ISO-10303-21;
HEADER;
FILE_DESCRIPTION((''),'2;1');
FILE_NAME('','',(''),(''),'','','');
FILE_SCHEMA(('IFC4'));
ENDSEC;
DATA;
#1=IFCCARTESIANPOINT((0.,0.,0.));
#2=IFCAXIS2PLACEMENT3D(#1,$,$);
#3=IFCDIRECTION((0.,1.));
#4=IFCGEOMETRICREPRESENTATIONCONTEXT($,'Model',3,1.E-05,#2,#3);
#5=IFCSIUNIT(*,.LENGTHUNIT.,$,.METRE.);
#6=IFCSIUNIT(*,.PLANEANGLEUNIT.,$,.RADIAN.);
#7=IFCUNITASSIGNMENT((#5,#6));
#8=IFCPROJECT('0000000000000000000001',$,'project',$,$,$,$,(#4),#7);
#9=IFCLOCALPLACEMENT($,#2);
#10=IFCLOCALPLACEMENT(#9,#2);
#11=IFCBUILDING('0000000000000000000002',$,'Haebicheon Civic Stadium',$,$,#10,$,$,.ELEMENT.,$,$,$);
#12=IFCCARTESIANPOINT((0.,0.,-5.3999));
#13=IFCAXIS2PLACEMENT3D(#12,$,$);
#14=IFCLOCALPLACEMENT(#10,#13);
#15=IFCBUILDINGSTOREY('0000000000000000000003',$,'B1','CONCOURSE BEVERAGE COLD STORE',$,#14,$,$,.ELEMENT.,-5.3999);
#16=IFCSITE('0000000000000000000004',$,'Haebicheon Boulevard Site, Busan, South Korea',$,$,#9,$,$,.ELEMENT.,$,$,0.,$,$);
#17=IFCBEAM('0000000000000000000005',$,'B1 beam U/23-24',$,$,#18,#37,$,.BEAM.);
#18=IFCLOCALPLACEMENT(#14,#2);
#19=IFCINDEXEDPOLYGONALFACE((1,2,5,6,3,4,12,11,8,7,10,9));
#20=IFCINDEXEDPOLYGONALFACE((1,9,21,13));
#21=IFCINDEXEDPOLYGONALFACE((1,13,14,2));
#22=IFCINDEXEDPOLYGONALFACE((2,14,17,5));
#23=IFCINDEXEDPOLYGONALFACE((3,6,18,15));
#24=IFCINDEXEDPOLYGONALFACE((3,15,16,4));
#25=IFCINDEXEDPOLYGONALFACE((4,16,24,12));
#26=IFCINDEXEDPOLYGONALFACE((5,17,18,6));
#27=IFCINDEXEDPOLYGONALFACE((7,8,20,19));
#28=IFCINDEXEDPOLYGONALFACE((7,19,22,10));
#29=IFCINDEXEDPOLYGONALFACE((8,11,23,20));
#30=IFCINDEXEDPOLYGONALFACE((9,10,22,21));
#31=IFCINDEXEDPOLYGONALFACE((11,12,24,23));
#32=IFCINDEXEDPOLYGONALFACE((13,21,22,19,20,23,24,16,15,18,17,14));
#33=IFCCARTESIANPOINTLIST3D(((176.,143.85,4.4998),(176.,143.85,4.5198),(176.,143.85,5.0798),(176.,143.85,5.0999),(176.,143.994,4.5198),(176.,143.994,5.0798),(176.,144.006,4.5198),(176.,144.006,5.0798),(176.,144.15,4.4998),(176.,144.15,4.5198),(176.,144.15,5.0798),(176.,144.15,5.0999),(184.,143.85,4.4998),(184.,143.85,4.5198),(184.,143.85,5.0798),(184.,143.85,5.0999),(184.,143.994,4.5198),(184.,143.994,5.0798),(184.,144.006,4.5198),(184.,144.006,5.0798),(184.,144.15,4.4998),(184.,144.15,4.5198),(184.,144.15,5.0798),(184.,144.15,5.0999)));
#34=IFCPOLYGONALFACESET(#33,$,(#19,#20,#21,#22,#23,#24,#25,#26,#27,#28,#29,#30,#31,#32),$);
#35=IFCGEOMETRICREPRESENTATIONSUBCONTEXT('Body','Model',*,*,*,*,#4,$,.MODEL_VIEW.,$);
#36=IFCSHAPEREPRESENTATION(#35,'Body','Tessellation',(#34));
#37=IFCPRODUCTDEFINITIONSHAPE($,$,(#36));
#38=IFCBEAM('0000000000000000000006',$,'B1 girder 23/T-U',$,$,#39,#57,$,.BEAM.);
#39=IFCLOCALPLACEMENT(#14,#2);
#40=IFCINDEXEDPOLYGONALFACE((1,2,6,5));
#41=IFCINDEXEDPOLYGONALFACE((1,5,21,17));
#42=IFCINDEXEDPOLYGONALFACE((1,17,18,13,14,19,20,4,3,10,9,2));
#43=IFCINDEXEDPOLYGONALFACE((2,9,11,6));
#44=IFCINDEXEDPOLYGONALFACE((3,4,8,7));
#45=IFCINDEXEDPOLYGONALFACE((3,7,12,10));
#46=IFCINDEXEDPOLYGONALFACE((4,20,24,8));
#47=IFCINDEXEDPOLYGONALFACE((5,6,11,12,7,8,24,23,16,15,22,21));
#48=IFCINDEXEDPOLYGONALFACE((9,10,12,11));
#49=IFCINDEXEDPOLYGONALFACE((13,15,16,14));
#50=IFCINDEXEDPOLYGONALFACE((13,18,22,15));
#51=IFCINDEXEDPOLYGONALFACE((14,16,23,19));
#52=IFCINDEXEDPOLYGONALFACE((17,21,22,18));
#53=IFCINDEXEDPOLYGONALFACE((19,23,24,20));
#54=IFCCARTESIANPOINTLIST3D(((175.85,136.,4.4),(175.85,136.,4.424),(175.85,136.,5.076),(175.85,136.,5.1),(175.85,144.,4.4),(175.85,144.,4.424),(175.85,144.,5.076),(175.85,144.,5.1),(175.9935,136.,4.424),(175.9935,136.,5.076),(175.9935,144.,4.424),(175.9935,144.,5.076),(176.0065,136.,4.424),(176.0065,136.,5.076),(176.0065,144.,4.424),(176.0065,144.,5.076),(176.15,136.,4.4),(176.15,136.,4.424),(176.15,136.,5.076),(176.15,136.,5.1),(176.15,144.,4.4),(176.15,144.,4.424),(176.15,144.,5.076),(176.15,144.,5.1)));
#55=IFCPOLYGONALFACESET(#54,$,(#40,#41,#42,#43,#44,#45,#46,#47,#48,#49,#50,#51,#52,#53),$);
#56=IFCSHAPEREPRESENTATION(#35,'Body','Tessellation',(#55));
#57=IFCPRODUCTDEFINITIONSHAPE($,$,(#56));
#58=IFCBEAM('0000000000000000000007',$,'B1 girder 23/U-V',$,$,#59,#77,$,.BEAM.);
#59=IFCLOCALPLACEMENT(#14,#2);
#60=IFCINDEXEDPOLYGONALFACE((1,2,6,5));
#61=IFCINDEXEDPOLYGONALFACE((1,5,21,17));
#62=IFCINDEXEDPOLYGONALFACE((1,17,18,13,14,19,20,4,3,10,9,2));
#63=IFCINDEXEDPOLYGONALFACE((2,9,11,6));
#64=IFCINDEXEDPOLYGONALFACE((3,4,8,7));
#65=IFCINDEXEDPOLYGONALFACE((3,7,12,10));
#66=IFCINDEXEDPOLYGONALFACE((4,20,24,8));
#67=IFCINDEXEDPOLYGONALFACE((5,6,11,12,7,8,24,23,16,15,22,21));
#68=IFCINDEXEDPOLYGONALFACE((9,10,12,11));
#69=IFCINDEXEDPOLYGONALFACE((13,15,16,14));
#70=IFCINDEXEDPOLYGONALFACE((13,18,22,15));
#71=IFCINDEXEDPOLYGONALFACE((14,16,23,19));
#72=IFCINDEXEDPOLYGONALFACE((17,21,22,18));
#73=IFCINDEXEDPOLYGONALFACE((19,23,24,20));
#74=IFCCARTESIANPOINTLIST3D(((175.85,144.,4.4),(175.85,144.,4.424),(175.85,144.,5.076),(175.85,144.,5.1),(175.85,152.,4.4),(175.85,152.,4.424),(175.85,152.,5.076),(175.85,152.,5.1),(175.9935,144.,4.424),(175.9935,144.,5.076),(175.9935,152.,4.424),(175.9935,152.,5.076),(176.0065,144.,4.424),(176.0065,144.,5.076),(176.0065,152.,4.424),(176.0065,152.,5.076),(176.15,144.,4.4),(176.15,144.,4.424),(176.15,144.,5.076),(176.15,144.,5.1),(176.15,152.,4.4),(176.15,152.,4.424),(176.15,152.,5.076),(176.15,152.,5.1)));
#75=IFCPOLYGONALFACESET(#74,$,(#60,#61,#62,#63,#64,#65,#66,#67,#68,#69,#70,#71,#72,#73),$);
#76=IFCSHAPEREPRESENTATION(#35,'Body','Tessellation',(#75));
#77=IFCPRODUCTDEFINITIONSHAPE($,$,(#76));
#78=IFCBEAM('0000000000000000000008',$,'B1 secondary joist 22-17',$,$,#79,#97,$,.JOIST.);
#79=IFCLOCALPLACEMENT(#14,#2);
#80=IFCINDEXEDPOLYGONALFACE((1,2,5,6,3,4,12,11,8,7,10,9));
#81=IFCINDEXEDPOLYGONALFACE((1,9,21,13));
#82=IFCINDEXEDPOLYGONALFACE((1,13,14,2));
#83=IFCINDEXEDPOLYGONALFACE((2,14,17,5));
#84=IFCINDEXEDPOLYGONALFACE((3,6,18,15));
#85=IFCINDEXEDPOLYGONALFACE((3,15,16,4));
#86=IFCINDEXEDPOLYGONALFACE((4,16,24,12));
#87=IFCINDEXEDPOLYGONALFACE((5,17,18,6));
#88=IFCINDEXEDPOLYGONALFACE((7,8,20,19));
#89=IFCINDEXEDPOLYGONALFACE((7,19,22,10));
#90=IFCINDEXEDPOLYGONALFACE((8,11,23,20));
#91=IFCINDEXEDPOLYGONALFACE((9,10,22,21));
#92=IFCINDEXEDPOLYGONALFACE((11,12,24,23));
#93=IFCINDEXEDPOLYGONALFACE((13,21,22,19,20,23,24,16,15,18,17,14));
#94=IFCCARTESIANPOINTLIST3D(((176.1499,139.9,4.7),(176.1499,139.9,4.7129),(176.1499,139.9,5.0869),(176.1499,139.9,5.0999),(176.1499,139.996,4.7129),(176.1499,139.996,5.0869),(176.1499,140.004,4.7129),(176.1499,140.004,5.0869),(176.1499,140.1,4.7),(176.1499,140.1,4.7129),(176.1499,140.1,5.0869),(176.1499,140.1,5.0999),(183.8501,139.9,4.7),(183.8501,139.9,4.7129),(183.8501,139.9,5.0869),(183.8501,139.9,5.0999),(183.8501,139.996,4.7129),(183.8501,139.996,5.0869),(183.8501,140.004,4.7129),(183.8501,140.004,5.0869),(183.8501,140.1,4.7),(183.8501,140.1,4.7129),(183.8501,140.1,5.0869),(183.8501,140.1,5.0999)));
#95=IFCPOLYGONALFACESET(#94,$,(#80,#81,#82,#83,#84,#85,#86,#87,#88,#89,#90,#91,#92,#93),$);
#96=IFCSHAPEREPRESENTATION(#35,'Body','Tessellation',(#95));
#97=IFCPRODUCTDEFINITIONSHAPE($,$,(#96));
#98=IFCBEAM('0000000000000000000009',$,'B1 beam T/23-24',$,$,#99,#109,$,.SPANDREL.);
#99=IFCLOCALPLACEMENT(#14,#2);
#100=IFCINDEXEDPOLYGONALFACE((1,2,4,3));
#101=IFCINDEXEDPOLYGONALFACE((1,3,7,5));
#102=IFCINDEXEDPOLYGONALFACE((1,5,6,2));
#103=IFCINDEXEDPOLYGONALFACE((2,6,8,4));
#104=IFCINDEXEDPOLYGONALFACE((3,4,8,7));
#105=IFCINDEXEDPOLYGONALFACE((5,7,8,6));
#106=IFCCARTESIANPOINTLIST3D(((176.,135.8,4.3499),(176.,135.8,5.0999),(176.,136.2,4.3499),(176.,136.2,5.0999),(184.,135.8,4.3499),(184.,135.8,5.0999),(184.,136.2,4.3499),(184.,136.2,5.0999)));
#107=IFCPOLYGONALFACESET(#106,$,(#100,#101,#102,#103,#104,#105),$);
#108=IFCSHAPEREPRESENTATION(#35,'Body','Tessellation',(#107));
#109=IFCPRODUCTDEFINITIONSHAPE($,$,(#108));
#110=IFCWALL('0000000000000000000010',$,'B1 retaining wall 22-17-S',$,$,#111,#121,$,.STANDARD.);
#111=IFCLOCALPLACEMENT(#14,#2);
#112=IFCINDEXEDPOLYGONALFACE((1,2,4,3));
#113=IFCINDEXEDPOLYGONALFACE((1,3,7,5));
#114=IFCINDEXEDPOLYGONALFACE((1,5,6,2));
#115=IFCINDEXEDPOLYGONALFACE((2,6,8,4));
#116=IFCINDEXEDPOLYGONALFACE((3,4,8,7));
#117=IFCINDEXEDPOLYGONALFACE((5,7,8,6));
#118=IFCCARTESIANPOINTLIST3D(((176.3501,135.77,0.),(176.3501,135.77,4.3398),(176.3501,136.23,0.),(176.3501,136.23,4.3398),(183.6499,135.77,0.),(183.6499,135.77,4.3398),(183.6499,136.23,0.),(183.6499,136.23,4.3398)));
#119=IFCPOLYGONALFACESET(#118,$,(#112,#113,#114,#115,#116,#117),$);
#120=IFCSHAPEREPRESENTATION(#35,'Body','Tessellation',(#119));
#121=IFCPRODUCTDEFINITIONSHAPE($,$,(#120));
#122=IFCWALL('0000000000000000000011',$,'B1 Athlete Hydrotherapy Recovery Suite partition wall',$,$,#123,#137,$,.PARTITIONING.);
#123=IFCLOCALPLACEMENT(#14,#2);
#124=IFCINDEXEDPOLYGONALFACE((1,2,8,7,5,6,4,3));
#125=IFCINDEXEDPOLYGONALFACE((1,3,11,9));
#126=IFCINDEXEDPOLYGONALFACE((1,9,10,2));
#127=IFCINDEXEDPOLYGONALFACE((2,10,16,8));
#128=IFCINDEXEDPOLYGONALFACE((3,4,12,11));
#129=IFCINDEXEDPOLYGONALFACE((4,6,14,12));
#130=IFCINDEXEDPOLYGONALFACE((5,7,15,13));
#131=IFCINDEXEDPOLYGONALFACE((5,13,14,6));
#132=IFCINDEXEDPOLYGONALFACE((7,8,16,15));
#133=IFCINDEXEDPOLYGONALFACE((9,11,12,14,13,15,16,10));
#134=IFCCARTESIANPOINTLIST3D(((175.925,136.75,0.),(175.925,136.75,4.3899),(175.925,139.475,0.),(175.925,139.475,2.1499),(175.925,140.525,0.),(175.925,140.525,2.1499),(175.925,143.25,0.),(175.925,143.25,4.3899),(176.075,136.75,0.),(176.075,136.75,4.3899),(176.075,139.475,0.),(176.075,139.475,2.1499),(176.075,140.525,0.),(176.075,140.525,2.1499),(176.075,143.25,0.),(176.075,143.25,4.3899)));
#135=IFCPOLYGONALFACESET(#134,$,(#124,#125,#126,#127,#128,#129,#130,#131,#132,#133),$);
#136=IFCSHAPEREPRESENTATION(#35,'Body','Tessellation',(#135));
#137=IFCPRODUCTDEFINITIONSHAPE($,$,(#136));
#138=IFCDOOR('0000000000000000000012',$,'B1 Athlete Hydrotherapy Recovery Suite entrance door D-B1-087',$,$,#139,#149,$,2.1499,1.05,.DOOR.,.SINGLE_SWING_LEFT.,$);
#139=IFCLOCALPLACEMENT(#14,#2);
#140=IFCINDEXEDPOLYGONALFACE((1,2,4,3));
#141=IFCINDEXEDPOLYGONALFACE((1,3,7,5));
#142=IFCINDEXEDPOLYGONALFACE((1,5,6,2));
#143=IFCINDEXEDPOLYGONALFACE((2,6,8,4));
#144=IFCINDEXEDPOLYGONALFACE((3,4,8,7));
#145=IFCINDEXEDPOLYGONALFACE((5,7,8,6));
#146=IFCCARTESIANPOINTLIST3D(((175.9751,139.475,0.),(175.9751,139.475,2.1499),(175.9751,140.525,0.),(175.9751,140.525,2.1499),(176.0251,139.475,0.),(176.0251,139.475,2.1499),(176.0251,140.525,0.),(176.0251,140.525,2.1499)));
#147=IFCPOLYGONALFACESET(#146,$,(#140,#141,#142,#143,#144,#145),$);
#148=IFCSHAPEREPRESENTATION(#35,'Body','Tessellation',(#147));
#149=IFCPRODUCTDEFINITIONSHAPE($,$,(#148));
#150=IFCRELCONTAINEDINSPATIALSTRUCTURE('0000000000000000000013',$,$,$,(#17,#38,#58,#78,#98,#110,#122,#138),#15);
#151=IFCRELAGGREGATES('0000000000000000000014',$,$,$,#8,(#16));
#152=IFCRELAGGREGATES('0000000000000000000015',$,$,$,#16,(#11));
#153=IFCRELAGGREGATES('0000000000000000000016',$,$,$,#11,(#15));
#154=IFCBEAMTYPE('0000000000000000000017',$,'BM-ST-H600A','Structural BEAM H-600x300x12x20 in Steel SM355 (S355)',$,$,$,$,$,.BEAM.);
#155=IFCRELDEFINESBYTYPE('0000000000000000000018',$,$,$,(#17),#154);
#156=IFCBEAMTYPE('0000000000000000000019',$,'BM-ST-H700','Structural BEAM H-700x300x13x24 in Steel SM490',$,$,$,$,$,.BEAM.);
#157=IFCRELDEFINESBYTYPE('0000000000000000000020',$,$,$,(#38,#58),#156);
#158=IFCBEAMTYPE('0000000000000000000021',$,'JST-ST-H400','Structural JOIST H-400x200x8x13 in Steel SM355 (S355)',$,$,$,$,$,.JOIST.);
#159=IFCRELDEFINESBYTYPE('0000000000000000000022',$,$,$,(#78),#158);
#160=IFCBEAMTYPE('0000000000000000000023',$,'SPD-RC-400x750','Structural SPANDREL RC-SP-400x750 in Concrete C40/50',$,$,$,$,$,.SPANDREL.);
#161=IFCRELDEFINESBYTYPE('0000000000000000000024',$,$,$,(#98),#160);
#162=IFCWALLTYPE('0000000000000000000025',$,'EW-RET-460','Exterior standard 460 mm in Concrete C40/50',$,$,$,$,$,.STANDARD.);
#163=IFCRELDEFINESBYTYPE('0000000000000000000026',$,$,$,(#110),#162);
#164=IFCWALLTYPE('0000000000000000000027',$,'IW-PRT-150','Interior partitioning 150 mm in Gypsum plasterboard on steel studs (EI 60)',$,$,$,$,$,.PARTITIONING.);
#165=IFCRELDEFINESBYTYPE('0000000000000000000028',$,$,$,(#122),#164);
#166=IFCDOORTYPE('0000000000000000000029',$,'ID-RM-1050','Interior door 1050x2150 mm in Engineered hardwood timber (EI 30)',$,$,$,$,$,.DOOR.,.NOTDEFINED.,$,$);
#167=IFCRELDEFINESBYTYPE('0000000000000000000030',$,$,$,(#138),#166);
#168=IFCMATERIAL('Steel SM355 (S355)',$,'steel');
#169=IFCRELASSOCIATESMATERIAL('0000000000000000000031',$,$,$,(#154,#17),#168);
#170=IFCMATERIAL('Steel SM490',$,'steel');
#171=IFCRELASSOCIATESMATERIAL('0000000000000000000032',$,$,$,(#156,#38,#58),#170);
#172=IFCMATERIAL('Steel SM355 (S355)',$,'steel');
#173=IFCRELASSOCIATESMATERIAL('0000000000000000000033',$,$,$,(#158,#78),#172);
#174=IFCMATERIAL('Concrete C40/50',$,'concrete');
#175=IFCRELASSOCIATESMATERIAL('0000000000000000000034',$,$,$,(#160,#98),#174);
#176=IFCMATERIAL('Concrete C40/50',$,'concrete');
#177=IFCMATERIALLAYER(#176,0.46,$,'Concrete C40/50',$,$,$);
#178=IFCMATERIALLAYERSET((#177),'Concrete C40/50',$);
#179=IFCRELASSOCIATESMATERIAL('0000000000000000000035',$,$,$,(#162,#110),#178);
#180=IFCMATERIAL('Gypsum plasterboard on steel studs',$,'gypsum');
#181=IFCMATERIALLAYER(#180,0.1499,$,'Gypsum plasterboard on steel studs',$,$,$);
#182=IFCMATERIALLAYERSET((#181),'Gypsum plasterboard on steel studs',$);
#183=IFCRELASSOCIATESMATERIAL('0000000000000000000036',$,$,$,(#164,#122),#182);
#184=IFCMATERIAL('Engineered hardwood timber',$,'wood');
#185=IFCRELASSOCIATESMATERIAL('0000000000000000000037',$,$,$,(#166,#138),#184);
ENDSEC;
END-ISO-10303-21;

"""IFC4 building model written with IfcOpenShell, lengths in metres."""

from ifc_helpers import new_model, si_unit, direction, frame, frame_2d, origin, origin_2d, place, context, subcontext, project, spatial, rectangle, i_section, extrude, material, layer, layer_set, material_profile, profile_set, type_object, element, fill, save


model = new_model("IFC4")

# Units and contexts
model_context = context("Model", 3, precision=1e-05, world=origin(), true_north=direction((0.0, 1.0)))
body_context = subcontext(model_context, "Body", "Model", "MODEL_VIEW")
ifc_project = project(units=[si_unit("LENGTHUNIT", "METRE"), si_unit("PLANEANGLEUNIT", "RADIAN")], contexts=[model_context])

# Site, building, storey
site_placement = place(None, origin())
site = spatial("IfcSite", under=ifc_project, at=site_placement, Name="Haebicheon Boulevard Site, Busan, South Korea", CompositionType="ELEMENT", RefElevation=0.0)
building_placement = place(site_placement, origin())
building = spatial("IfcBuilding", under=site, at=building_placement, Name="Haebicheon Civic Stadium", CompositionType="ELEMENT")
storey_placement = place(building_placement, frame((0.0, 0.0, -5.3999)))
storey = spatial("IfcBuildingStorey", under=building, at=storey_placement, Name="B1", Description="CONCOURSE BEVERAGE COLD STORE", CompositionType="ELEMENT", Elevation=-5.3999)

# Beams
ifc_material_1 = material(Name="Steel SM355 (S355)", Category="steel")
ifc_material_profile_1 = material_profile(ifc_material_1, i_section(OverallWidth=0.3, OverallDepth=0.6001, WebThickness=0.012, FlangeThickness=0.02, at=origin_2d()), Name="H-600x300x12x20")
ifc_profile_set_1 = profile_set([ifc_material_profile_1], Name="Steel SM355 (S355)")
beam_type_1 = type_object("IfcBeamType", Name="BM-ST-H600A", Description="Structural BEAM H-600x300x12x20 in Steel SM355 (S355)", PredefinedType="BEAM", material=ifc_profile_set_1)
beam_1_placement = place(storey_placement, frame((176.0, 144.0, 4.7998), z_axis=(1.0, 0.0, 0.0), x_axis=(0.0, 1.0, 0.0)))
element("IfcBeam", 1, at=beam_1_placement, inside=storey, type_object=beam_type_1, material=ifc_profile_set_1, Name="B1 beam U/23-24", PredefinedType="BEAM", context=body_context, shape_type="SweptSolid", body=[
    extrude(i_section(OverallWidth=0.3, OverallDepth=0.6001, WebThickness=0.012, FlangeThickness=0.02, at=origin_2d()), origin(), (0.0, 0.0, 1.0), 8.0),
])
ifc_material_2 = material(Name="Steel SM490", Category="steel")
ifc_material_profile_2 = material_profile(ifc_material_2, i_section(OverallWidth=0.3, OverallDepth=0.7, WebThickness=0.0129, FlangeThickness=0.0239, at=origin_2d()), Name="H-700x300x13x24")
ifc_profile_set_2 = profile_set([ifc_material_profile_2], Name="Steel SM490")
beam_type_2 = type_object("IfcBeamType", Name="BM-ST-H700", Description="Structural BEAM H-700x300x13x24 in Steel SM490", PredefinedType="BEAM", material=ifc_profile_set_2)
for number, where, z_axis, x_axis, name in (
    (2, (176.0, 136.0, 4.75), (0.0, 1.0, 0.0), (-1.0, 0.0, 0.0), "B1 girder 23/T-U"),
    (3, (176.0, 144.0, 4.75), (0.0, 1.0, 0.0), (-1.0, 0.0, 0.0), "B1 girder 23/U-V"),
):
    element("IfcBeam", number, at=place(storey_placement, frame(where, z_axis=z_axis, x_axis=x_axis)), inside=storey, type_object=beam_type_2, material=ifc_profile_set_2, Name=name, PredefinedType="BEAM", context=body_context, shape_type="SweptSolid", body=[
        extrude(i_section(OverallWidth=0.3, OverallDepth=0.7, WebThickness=0.0129, FlangeThickness=0.0239, at=origin_2d()), origin(), (0.0, 0.0, 1.0), 8.0),
    ])
ifc_material_3 = material(Name="Steel SM355 (S355)", Category="steel")
ifc_material_profile_3 = material_profile(ifc_material_3, i_section(OverallWidth=0.2, OverallDepth=0.3999, WebThickness=0.0081, FlangeThickness=0.0129, at=origin_2d()), Name="H-400x200x8x13")
ifc_profile_set_3 = profile_set([ifc_material_profile_3], Name="Steel SM355 (S355)")
beam_type_3 = type_object("IfcBeamType", Name="JST-ST-H400", Description="Structural JOIST H-400x200x8x13 in Steel SM355 (S355)", PredefinedType="JOIST", material=ifc_profile_set_3)
beam_2_placement = place(storey_placement, frame((176.1499, 140.0, 4.8999), z_axis=(1.0, 0.0, 0.0), x_axis=(0.0, 1.0, 0.0)))
element("IfcBeam", 4, at=beam_2_placement, inside=storey, type_object=beam_type_3, material=ifc_profile_set_3, Name="B1 secondary joist 22-17", PredefinedType="JOIST", context=body_context, shape_type="SweptSolid", body=[
    extrude(i_section(OverallWidth=0.2, OverallDepth=0.3999, WebThickness=0.0081, FlangeThickness=0.0129, at=origin_2d()), origin(), (0.0, 0.0, 1.0), 7.7002),
])
ifc_material_4 = material(Name="Concrete C40/50", Category="concrete")
ifc_material_profile_4 = material_profile(ifc_material_4, rectangle(XDim=0.3999, YDim=0.75, at=origin_2d()), Name="RC-SP-400x750")
ifc_profile_set_4 = profile_set([ifc_material_profile_4], Name="Concrete C40/50")
beam_type_4 = type_object("IfcBeamType", Name="SPD-RC-400x750", Description="Structural SPANDREL RC-SP-400x750 in Concrete C40/50", PredefinedType="SPANDREL", material=ifc_profile_set_4)
beam_3_placement = place(storey_placement, frame((176.0, 136.0, 4.7249), z_axis=(1.0, 0.0, 0.0), x_axis=(0.0, 1.0, 0.0)))
element("IfcBeam", 5, at=beam_3_placement, inside=storey, type_object=beam_type_4, material=ifc_profile_set_4, Name="B1 beam T/23-24", PredefinedType="SPANDREL", context=body_context, shape_type="SweptSolid", body=[
    extrude(rectangle(XDim=0.3999, YDim=0.75, at=origin_2d()), origin(), (0.0, 0.0, 1.0), 8.0),
])

# Wall
ifc_material_5 = material(Name="Concrete C40/50", Category="concrete")
ifc_layer_1 = layer(ifc_material_5, 0.46, Name="Concrete C40/50")
ifc_layer_set_1 = layer_set([ifc_layer_1], Name="Concrete C40/50")
wall_type_1 = type_object("IfcWallType", Name="EW-RET-460", Description="Exterior standard 460 mm in Concrete C40/50", PredefinedType="STANDARD", material=ifc_layer_set_1)
wall_1_placement = place(storey_placement, frame((176.3501, 136.0, 0.0), z_axis=(0.0, 0.0, 1.0), x_axis=(1.0, 0.0, 0.0)))
element("IfcWall", 6, at=wall_1_placement, inside=storey, type_object=wall_type_1, material=ifc_layer_set_1, Name="B1 retaining wall 22-17-S", PredefinedType="STANDARD", context=body_context, shape_type="SweptSolid", body=[
    extrude(rectangle(XDim=7.2998, YDim=0.46, at=frame_2d((3.6499, 0.0))), origin(), (0.0, 0.0, 1.0), 4.3398),
])

# Wall, opening, door
ifc_material_6 = material(Name="Gypsum plasterboard on steel studs", Category="gypsum")
ifc_layer_2 = layer(ifc_material_6, 0.1499, Name="Gypsum plasterboard on steel studs")
ifc_layer_set_2 = layer_set([ifc_layer_2], Name="Gypsum plasterboard on steel studs")
wall_type_2 = type_object("IfcWallType", Name="IW-PRT-150", Description="Interior partitioning 150 mm in Gypsum plasterboard on steel studs (EI 60)", PredefinedType="PARTITIONING", material=ifc_layer_set_2)
wall_2_placement = place(storey_placement, frame((176.0, 136.75, 0.0), z_axis=(0.0, 0.0, 1.0), x_axis=(0.0, 1.0, 0.0)))
wall_2 = element("IfcWall", 7, at=wall_2_placement, inside=storey, type_object=wall_type_2, material=ifc_layer_set_2, Name="B1 Athlete Hydrotherapy Recovery Suite partition wall", PredefinedType="PARTITIONING", context=body_context, shape_type="SweptSolid", body=[
    extrude(rectangle(XDim=6.5, YDim=0.1499, at=frame_2d((3.25, 0.0))), origin(), (0.0, 0.0, 1.0), 4.3899),
])
opening_placement = place(wall_2_placement, frame((2.7251, 0.0, 0.0)))
opening = element("IfcOpeningElement", 8, at=opening_placement, cuts=wall_2, PredefinedType="OPENING", context=body_context, shape_type="SweptSolid", body=[
    extrude(rectangle(XDim=1.05, YDim=2.1499, at=frame_2d((0.5249, 1.075))), frame((0.0, 0.085, 0.0), z_axis=(0.0, -1.0, 0.0), x_axis=(1.0, 0.0, 0.0)), (0.0, 0.0, 1.0), 0.1699),
])
ifc_material_7 = material(Name="Engineered hardwood timber", Category="wood")
door_type = type_object("IfcDoorType", Name="ID-RM-1050", Description="Interior door 1050x2150 mm in Engineered hardwood timber (EI 30)", OperationType="NOTDEFINED", PredefinedType="DOOR", material=ifc_material_7)
door_placement = place(opening_placement, origin())
door = element("IfcDoor", 9, at=door_placement, inside=storey, type_object=door_type, material=ifc_material_7, Name="B1 Athlete Hydrotherapy Recovery Suite entrance door D-B1-087", OperationType="SINGLE_SWING_LEFT", OverallHeight=2.1499, OverallWidth=1.05, PredefinedType="DOOR", context=body_context, shape_type="SweptSolid", body=[
    extrude(rectangle(XDim=1.05, YDim=2.1499, at=frame_2d((0.5249, 1.075))), frame((0.0, 0.0249, 0.0), z_axis=(0.0, -1.0, 0.0), x_axis=(1.0, 0.0, 0.0)), (0.0, 0.0, 1.0), 0.05),
])
fill(opening, door)

save(model, "model.ifc")
